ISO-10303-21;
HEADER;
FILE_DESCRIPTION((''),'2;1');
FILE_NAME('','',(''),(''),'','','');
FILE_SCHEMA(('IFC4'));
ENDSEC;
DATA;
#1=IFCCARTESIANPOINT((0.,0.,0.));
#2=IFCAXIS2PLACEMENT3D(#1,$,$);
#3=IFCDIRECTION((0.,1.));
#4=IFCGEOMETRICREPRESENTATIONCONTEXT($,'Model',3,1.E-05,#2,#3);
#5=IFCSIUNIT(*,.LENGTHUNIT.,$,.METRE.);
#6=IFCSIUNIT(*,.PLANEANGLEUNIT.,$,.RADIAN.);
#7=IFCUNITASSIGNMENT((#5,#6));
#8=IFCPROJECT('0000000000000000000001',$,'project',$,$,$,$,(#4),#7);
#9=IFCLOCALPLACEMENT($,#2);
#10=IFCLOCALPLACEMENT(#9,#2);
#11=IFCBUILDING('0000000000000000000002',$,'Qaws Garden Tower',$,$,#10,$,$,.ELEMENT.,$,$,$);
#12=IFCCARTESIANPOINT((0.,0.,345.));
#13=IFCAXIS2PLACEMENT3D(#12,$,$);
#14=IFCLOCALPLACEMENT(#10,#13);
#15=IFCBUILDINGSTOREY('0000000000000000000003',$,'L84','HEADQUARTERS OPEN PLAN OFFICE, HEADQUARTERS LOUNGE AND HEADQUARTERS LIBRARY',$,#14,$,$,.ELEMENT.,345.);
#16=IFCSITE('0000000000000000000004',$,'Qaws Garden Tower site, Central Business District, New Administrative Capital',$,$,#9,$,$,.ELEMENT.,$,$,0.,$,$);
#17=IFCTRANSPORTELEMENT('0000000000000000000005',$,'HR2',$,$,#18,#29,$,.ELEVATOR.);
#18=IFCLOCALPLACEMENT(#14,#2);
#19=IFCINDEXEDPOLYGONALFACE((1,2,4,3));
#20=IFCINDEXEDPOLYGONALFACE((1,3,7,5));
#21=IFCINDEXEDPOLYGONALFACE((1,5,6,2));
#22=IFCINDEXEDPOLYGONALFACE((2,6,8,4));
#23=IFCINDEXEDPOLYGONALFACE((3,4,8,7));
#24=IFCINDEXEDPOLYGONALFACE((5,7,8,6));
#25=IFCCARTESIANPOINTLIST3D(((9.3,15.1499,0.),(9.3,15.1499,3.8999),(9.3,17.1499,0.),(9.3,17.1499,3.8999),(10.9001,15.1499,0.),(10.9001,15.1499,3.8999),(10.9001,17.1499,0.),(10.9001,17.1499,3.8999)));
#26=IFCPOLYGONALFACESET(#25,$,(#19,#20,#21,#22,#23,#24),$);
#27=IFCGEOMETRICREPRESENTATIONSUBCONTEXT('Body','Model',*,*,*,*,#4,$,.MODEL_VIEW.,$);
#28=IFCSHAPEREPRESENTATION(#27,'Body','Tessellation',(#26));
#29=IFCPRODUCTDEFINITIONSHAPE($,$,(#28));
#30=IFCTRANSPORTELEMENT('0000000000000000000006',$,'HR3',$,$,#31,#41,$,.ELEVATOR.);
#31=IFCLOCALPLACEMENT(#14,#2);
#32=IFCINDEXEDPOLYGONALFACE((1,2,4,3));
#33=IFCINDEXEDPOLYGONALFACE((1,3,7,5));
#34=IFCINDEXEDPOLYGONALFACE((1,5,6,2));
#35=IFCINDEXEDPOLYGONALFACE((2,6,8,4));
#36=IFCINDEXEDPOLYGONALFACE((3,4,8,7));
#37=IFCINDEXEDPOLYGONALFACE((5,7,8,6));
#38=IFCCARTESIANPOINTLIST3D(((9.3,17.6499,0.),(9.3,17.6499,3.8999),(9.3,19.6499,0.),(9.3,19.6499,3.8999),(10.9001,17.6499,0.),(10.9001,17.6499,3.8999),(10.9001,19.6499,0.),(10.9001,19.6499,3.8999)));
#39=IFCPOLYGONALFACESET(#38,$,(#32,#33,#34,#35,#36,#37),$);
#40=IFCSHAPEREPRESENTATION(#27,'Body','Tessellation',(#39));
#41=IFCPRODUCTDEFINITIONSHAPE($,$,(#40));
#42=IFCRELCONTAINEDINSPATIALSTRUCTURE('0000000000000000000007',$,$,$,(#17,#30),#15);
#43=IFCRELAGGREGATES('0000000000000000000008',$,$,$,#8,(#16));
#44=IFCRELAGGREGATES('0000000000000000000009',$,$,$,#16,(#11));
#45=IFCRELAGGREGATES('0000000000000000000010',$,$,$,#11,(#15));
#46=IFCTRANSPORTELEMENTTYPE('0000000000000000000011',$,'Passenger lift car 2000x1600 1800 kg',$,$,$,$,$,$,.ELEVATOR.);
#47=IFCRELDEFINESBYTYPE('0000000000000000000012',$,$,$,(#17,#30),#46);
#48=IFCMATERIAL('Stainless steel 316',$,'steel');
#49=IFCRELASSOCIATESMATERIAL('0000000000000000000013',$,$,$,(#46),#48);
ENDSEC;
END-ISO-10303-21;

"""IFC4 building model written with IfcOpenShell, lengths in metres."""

from ifc_helpers import new_model, si_unit, direction, frame, origin, origin_2d, place, context, subcontext, project, spatial, rectangle, extrude, material, type_object, element, save


model = new_model("IFC4")

# Units and contexts
model_context = context("Model", 3, precision=1e-05, world=origin(), true_north=direction((0.0, 1.0)))
body_context = subcontext(model_context, "Body", "Model", "MODEL_VIEW")
ifc_project = project(units=[si_unit("LENGTHUNIT", "METRE"), si_unit("PLANEANGLEUNIT", "RADIAN")], contexts=[model_context])

# Site, building, storey
site_placement = place(None, origin())
site = spatial("IfcSite", under=ifc_project, at=site_placement, Name="Qaws Garden Tower site, Central Business District, New Administrative Capital", CompositionType="ELEMENT", RefElevation=0.0)
building_placement = place(site_placement, origin())
building = spatial("IfcBuilding", under=site, at=building_placement, Name="Qaws Garden Tower", CompositionType="ELEMENT")
storey_placement = place(building_placement, frame((0.0, 0.0, 345.0)))
storey = spatial("IfcBuildingStorey", under=building, at=storey_placement, Name="L84", Description="HEADQUARTERS OPEN PLAN OFFICE, HEADQUARTERS LOUNGE AND HEADQUARTERS LIBRARY", CompositionType="ELEMENT", Elevation=345.0)

# Transport elements
ifc_material_1 = material(Name="Stainless steel 316", Category="steel")
transport_element_type = type_object("IfcTransportElementType", Name="Passenger lift car 2000x1600 1800 kg", PredefinedType="ELEVATOR", material=ifc_material_1)
for number, where, z_axis, x_axis, name in (
    (1, (10.1001, 16.1499, 0.0), (0.0, 0.0, 1.0), (1.0, 0.0, 0.0), "HR2"),
    (2, (10.1001, 18.6499, 0.0), (0.0, 0.0, 1.0), (1.0, 0.0, 0.0), "HR3"),
):
    element("IfcTransportElement", number, at=place(storey_placement, frame(where, z_axis=z_axis, x_axis=x_axis)), inside=storey, type_object=transport_element_type, Name=name, PredefinedType="ELEVATOR", context=body_context, shape_type="SweptSolid", body=[
        extrude(rectangle(XDim=1.6001, YDim=2.0, at=origin_2d()), origin(), (0.0, 0.0, 1.0), 3.8999),
    ])

save(model, "model.ifc")
